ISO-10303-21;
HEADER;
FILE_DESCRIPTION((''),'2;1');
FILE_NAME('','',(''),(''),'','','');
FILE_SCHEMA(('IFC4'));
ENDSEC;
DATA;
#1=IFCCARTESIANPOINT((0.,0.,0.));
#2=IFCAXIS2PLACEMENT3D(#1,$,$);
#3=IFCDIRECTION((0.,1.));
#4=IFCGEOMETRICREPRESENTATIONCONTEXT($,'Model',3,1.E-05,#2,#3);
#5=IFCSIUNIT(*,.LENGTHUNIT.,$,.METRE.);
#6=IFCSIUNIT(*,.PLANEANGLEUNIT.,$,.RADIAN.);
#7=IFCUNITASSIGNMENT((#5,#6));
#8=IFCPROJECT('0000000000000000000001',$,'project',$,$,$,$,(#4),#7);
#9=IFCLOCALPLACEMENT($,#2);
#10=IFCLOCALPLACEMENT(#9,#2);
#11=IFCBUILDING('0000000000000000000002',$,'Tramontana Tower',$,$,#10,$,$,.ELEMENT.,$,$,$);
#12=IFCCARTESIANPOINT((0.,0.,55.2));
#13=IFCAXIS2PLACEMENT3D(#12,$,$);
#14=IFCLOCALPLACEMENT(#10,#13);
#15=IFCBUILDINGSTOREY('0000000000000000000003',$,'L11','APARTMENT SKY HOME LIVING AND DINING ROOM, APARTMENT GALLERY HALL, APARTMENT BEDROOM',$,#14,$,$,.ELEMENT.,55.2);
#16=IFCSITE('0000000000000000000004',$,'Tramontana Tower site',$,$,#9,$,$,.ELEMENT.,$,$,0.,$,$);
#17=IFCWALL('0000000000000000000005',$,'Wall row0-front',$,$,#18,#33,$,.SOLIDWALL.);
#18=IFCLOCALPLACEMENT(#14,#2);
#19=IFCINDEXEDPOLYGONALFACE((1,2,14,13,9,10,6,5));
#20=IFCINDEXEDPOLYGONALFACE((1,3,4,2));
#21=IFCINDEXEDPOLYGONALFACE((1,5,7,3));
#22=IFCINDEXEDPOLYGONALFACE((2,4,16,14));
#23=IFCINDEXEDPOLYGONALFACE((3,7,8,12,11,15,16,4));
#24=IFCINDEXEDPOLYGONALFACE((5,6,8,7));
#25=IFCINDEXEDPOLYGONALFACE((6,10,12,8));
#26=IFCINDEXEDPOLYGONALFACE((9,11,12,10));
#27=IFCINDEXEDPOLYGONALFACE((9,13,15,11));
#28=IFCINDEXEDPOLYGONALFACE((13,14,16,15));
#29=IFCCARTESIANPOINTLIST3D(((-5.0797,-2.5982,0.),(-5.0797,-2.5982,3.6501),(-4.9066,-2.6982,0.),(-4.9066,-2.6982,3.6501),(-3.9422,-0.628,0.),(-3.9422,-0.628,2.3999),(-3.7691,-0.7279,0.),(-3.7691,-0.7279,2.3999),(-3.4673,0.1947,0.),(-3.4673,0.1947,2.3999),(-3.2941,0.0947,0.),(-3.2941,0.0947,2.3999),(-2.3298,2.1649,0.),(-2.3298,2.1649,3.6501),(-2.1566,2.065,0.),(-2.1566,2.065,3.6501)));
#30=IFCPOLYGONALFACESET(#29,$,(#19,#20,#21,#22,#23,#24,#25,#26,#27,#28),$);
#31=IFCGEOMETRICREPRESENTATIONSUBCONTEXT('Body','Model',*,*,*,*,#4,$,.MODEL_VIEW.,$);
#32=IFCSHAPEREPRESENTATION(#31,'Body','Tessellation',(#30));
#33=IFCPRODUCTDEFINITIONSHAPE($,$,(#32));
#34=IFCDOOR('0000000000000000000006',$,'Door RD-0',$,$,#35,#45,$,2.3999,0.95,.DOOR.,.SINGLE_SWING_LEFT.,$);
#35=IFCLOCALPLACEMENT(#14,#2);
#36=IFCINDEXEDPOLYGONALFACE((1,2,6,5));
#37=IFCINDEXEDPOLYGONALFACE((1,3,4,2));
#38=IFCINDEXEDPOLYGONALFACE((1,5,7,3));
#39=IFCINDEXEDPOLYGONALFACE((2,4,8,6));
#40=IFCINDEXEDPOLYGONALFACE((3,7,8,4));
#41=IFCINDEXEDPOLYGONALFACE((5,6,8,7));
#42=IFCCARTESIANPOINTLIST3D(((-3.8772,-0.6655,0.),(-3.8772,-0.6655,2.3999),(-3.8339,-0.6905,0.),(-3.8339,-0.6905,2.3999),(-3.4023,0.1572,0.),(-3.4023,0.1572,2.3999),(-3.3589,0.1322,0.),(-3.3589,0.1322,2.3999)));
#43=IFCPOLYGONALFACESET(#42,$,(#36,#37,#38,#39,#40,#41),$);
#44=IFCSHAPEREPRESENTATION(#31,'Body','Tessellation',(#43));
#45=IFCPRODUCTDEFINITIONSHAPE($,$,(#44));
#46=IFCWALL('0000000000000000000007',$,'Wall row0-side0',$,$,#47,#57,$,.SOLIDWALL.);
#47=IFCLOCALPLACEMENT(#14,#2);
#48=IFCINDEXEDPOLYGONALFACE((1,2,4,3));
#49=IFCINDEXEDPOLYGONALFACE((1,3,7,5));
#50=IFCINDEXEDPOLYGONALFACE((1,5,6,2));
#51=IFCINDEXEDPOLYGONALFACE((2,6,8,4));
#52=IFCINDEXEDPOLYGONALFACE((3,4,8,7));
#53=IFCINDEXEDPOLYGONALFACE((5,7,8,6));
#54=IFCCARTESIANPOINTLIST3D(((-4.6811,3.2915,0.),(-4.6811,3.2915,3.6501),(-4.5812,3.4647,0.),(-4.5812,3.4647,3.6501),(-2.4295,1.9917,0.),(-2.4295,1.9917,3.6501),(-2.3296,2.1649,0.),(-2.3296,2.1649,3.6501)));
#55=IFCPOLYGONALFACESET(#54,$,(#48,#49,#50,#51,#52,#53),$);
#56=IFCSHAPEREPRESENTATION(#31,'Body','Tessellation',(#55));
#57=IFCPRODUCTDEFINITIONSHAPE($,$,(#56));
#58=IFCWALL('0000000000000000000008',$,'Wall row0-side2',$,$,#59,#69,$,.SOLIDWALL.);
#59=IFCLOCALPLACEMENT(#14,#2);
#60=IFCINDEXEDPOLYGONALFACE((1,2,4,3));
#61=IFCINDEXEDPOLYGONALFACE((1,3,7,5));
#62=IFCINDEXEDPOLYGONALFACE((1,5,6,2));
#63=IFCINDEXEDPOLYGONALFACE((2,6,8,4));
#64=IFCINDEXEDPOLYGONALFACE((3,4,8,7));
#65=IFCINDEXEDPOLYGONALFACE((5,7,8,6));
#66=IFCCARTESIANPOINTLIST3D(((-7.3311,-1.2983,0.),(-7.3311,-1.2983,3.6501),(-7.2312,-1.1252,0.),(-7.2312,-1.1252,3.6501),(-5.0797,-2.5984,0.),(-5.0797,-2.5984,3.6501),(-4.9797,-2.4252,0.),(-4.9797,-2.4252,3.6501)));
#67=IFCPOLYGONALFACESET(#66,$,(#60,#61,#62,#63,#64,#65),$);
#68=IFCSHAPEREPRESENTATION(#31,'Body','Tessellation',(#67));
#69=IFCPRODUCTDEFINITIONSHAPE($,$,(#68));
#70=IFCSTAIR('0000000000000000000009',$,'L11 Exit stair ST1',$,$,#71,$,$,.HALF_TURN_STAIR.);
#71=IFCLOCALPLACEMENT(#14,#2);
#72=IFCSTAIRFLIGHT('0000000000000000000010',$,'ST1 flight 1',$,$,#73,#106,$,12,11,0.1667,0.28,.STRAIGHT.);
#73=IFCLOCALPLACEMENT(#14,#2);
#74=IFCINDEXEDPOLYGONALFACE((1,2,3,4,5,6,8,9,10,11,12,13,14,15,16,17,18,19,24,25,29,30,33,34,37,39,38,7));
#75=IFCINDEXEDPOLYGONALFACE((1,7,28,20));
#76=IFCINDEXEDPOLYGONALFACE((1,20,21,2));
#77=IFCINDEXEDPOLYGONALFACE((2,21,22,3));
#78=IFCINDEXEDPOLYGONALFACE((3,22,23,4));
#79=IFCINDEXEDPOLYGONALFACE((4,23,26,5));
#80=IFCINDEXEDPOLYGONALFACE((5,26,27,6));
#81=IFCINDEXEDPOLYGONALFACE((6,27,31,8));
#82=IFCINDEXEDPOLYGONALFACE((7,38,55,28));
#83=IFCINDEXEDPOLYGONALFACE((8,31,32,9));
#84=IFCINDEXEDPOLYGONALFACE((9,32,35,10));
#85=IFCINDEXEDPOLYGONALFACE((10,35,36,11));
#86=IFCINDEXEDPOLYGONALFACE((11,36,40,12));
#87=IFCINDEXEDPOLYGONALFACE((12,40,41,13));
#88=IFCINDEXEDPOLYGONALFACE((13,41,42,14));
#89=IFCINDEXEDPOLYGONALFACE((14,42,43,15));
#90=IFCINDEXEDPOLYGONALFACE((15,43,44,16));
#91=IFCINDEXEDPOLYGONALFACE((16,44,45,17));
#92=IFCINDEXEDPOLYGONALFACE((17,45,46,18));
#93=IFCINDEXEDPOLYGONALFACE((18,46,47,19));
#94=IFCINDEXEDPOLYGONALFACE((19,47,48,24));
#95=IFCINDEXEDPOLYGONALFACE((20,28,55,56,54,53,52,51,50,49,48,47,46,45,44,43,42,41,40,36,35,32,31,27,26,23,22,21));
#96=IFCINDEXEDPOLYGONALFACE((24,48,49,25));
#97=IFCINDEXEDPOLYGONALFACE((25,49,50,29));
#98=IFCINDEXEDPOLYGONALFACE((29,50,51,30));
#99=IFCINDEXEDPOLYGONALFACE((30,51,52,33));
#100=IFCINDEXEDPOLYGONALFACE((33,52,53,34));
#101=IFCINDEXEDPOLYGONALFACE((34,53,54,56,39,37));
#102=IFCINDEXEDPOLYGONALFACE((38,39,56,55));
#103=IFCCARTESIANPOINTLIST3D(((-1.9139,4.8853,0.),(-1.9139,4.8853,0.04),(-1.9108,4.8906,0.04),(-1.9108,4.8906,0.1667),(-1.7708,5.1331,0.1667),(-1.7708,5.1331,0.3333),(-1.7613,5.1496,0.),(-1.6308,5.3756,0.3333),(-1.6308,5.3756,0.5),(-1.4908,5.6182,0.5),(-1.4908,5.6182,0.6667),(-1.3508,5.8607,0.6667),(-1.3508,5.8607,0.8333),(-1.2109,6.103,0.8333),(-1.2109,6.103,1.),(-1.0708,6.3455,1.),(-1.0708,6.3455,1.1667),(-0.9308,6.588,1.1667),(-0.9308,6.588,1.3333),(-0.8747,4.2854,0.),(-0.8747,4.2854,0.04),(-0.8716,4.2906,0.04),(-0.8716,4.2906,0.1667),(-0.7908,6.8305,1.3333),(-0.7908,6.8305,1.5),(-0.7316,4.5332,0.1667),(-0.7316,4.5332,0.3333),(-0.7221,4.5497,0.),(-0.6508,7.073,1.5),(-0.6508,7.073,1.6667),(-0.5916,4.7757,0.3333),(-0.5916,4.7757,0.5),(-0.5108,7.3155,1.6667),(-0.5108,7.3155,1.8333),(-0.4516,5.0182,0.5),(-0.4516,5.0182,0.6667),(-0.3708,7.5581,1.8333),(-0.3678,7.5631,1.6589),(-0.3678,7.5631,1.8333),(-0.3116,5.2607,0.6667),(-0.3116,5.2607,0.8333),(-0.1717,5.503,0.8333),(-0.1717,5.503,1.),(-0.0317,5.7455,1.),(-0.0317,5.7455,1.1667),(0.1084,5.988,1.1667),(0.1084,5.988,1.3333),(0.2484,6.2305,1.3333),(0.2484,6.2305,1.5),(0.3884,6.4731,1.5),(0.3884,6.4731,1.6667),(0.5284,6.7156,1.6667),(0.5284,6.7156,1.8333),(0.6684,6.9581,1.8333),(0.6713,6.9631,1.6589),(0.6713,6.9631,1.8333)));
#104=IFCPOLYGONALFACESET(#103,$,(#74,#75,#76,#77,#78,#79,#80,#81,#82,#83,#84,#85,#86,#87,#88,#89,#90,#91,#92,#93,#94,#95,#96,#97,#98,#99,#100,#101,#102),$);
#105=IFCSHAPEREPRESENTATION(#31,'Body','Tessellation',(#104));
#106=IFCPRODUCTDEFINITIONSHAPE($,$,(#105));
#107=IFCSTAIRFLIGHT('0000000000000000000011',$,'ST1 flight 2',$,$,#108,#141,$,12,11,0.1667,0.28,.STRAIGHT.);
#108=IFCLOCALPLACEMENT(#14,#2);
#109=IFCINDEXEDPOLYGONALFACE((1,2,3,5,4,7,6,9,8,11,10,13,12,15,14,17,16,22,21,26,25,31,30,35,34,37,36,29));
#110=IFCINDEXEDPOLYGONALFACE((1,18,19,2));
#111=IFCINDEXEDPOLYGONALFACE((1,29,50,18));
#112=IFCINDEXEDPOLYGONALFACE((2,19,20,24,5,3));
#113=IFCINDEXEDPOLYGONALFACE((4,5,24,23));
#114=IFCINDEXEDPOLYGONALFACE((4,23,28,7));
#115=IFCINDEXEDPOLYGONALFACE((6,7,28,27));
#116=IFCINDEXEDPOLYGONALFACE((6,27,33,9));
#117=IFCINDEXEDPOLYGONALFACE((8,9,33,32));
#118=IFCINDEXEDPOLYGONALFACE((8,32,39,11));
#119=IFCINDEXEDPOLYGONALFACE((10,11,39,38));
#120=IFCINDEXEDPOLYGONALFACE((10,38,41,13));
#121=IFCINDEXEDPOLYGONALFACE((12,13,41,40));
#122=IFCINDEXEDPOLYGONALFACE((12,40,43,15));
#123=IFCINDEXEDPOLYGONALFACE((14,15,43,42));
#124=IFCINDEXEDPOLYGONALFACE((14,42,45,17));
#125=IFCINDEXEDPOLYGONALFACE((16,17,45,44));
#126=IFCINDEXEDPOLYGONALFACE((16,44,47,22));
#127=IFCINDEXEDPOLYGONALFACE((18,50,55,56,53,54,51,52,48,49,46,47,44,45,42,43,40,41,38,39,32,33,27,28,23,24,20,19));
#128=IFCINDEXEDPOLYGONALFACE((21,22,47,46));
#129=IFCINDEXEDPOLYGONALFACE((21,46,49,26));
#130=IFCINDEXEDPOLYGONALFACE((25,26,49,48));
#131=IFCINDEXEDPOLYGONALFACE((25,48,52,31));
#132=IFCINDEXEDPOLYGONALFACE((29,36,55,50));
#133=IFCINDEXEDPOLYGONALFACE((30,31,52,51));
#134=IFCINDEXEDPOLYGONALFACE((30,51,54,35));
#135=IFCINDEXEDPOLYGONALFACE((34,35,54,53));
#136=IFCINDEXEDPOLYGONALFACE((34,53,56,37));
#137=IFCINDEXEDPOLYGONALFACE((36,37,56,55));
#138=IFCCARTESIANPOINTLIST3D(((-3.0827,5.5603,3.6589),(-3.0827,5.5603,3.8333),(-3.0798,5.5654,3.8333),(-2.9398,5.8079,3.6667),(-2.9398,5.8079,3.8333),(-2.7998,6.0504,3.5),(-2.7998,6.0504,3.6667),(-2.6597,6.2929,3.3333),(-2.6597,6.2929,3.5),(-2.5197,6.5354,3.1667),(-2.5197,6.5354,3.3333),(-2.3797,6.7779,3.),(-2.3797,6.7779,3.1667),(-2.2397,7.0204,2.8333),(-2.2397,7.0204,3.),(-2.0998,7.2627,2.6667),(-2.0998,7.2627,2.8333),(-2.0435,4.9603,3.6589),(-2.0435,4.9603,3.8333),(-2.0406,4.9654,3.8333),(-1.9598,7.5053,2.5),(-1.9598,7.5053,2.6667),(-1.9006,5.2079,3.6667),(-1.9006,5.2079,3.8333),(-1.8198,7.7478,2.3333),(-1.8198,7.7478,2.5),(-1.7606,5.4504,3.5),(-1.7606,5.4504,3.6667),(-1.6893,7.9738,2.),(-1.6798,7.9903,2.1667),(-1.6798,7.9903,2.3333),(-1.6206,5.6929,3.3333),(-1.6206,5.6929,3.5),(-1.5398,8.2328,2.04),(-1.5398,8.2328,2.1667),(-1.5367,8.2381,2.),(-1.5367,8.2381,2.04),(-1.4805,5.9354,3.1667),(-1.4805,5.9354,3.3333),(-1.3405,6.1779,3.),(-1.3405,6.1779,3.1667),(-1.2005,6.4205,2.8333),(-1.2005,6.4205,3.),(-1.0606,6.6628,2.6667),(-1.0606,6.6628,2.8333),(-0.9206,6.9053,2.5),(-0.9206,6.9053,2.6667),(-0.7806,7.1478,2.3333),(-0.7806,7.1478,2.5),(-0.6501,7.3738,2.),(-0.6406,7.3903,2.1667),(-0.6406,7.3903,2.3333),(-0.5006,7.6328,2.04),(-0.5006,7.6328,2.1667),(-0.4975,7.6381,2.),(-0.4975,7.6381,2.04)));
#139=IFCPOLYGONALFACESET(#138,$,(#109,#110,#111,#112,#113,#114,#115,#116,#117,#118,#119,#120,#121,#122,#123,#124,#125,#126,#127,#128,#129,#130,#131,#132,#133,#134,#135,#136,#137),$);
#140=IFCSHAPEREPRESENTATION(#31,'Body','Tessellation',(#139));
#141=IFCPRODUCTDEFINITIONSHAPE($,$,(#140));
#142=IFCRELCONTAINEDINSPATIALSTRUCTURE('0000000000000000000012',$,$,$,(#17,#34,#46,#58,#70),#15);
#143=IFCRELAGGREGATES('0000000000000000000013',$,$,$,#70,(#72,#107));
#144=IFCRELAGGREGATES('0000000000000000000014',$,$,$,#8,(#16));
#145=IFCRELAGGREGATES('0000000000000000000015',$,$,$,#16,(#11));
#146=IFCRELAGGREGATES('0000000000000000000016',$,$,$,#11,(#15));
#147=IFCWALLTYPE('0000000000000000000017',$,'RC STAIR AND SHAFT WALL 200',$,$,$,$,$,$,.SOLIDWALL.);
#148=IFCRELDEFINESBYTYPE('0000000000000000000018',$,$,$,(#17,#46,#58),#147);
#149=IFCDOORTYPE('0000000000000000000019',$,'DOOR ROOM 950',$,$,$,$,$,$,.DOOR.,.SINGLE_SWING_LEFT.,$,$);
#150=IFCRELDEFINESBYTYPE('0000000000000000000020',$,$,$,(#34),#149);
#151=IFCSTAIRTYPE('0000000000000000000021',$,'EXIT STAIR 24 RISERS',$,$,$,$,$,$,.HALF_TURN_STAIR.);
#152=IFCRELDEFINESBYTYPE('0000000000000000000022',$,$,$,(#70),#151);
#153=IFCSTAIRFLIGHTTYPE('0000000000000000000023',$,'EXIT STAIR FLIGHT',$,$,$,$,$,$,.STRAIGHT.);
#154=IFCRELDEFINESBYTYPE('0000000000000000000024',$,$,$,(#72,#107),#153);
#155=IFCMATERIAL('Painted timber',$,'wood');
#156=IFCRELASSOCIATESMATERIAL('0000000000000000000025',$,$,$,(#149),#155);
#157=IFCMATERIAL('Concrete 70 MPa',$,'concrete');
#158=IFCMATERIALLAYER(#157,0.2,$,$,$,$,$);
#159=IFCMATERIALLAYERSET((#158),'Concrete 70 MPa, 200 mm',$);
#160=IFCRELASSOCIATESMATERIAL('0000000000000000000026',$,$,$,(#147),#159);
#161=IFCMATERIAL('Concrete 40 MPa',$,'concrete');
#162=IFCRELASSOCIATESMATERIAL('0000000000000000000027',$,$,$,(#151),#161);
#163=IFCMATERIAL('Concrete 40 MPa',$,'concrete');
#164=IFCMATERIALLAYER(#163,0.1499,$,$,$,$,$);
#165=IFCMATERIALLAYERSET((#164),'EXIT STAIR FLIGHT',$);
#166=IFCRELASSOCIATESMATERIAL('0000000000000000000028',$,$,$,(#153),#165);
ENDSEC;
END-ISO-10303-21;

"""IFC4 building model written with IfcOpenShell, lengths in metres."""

from ifc_helpers import new_model, si_unit, direction, frame, frame_2d, origin, place, context, subcontext, project, spatial, polyline, rectangle, outline, extrude, material, layer, layer_set, type_object, element, fill, aggregate, save


model = new_model("IFC4")

# Units and contexts
model_context = context("Model", 3, precision=1e-05, world=origin(), true_north=direction((0.0, 1.0)))
body_context = subcontext(model_context, "Body", "Model", "MODEL_VIEW")
ifc_project = project(units=[si_unit("LENGTHUNIT", "METRE"), si_unit("PLANEANGLEUNIT", "RADIAN")], contexts=[model_context])

# Site, building, storey
site_placement = place(None, origin())
site = spatial("IfcSite", under=ifc_project, at=site_placement, Name="Tramontana Tower site", CompositionType="ELEMENT", RefElevation=0.0)
building_placement = place(site_placement, origin())
building = spatial("IfcBuilding", under=site, at=building_placement, Name="Tramontana Tower", CompositionType="ELEMENT")
storey_placement = place(building_placement, frame((0.0, 0.0, 55.2)))
storey = spatial("IfcBuildingStorey", under=building, at=storey_placement, Name="L11", Description="APARTMENT SKY HOME LIVING AND DINING ROOM, APARTMENT GALLERY HALL, APARTMENT BEDROOM", CompositionType="ELEMENT", Elevation=55.2)

# Shared definitions
ifc_material_1 = material(Name="Painted timber", Category="wood")
door_type_1 = type_object("IfcDoorType", Name="DOOR ROOM 950", OperationType="SINGLE_SWING_LEFT", PredefinedType="DOOR", material=ifc_material_1)

# Shared definitions
ifc_material_2 = material(Name="Concrete 70 MPa", Category="concrete")
ifc_layer_1 = layer(ifc_material_2, 0.2)
ifc_layer_set_1 = layer_set([ifc_layer_1], Name="Concrete 70 MPa, 200 mm")
wall_type_1 = type_object("IfcWallType", Name="RC STAIR AND SHAFT WALL 200", PredefinedType="SOLIDWALL", material=ifc_layer_set_1)

# Wall, opening, door
wall_1_placement = place(storey_placement, frame((-4.9932, -2.6482, 0.0), z_axis=(0.0, 0.0, 1.0), x_axis=(0.499997, 0.866027, 0.0)))
wall_1 = element("IfcWall", 1, at=wall_1_placement, inside=storey, type_object=wall_type_1, Name="Wall row0-front", PredefinedType="SOLIDWALL", context=body_context, shape_type="SweptSolid", body=[
    extrude(rectangle(XDim=5.5, YDim=0.2, at=frame_2d((2.75, 0.0))), origin(), (0.0, 0.0, 1.0), 3.6501),
])
opening_1_placement = place(wall_1_placement, frame((2.2749, 0.0, 0.0)))
opening_1 = element("IfcOpeningElement", 2, at=opening_1_placement, cuts=wall_1, PredefinedType="OPENING", context=body_context, shape_type="SweptSolid", body=[
    extrude(rectangle(XDim=0.95, YDim=2.3999, at=frame_2d((0.4751, 1.2))), frame((0.0, 0.1099, 0.0), z_axis=(0.0, -1.0, 0.0), x_axis=(1.0, 0.0, 0.0)), (0.0, 0.0, 1.0), 0.22),
])
door_1_placement = place(opening_1_placement, origin())
door_1 = element("IfcDoor", 3, at=door_1_placement, inside=storey, type_object=door_type_1, Name="Door RD-0", OperationType="SINGLE_SWING_LEFT", OverallHeight=2.3999, OverallWidth=0.95, PredefinedType="DOOR", context=body_context, shape_type="SweptSolid", body=[
    extrude(rectangle(XDim=0.95, YDim=2.3999, at=frame_2d((0.4751, 1.2))), frame((0.0, 0.0249, 0.0), z_axis=(0.0, -1.0, 0.0), x_axis=(1.0, 0.0, 0.0)), (0.0, 0.0, 1.0), 0.05),
])
fill(opening_1, door_1)

# Walls
for number, where, z_axis, x_axis, name in (
    (4, (-2.3796, 2.0784, 0.0), (0.0, 0.0, 1.0), (-0.866062, 0.499937, 0.0), "Wall row0-side0"),
    (5, (-5.0298, -2.5117, 0.0), (0.0, 0.0, 1.0), (-0.865998, 0.500048, 0.0), "Wall row0-side2"),
):
    element("IfcWall", number, at=place(storey_placement, frame(where, z_axis=z_axis, x_axis=x_axis)), inside=storey, type_object=wall_type_1, Name=name, PredefinedType="SOLIDWALL", context=body_context, shape_type="SweptSolid", body=[
        extrude(rectangle(XDim=2.5999, YDim=0.2, at=frame_2d((1.2998, 0.0))), origin(), (0.0, 0.0, 1.0), 3.6501),
    ])

# Stair, stair flights
ifc_material_3 = material(Name="Concrete 40 MPa", Category="concrete")
stair_type = type_object("IfcStairType", Name="EXIT STAIR 24 RISERS", PredefinedType="HALF_TURN_STAIR", material=ifc_material_3)
stair_placement = place(storey_placement, origin())
stair = element("IfcStair", 6, at=stair_placement, inside=storey, type_object=stair_type, Name="L11 Exit stair ST1", PredefinedType="HALF_TURN_STAIR")
ifc_material_4 = material(Name="Concrete 40 MPa", Category="concrete")
ifc_layer_2 = layer(ifc_material_4, 0.1499)
ifc_layer_set_2 = layer_set([ifc_layer_2], Name="EXIT STAIR FLIGHT")
stair_flight_type = type_object("IfcStairFlightType", Name="EXIT STAIR FLIGHT", PredefinedType="STRAIGHT", material=ifc_layer_set_2)
stair_flight_1_placement = place(storey_placement, frame((-1.3911, 4.5906, 0.0), z_axis=(0.0, 0.0, 1.0), x_axis=(0.5, 0.866025, 0.0)))
stair_flight_1 = element("IfcStairFlight", 7, at=stair_flight_1_placement, type_object=stair_flight_type, Name="ST1 flight 1", NumberOfRisers=12, NumberOfTreads=11, PredefinedType="STRAIGHT", RiserHeight=0.1667, TreadLength=0.28, context=body_context, shape_type="SweptSolid", body=[
    extrude(outline(polyline([(-0.0061, 0.0), (-0.0061, 0.04), (0.0, 0.04), (0.0, 0.1667), (0.28, 0.1667), (0.28, 0.3333), (0.5601, 0.3333), (0.5601, 0.5), (0.8401, 0.5), (0.8401, 0.6667), (1.1201, 0.6667), (1.1201, 0.8333), (1.3999, 0.8333), (1.3999, 1.0), (1.6799, 1.0), (1.6799, 1.1667), (1.96, 1.1667), (1.96, 1.3333), (2.24, 1.3333), (2.24, 1.5), (2.52, 1.5), (2.52, 1.6667), (2.8, 1.6667), (2.8, 1.8333), (3.0801, 1.8333), (3.0859, 1.8333), (3.0859, 1.6589), (0.2991, 0.0), (-0.0061, 0.0)])), frame((0.0, 0.6001, 0.0), z_axis=(0.0, -1.0, 0.0), x_axis=(1.0, 0.0, 0.0)), (0.0, 0.0, 1.0), 1.2),
])
stair_flight_2_placement = place(storey_placement, frame((-1.0203, 7.9329, 2.0), z_axis=(0.0, 0.0, 1.0), x_axis=(-0.5, -0.866025, 0.0)))
stair_flight_2 = element("IfcStairFlight", 8, at=stair_flight_2_placement, type_object=stair_flight_type, Name="ST1 flight 2", NumberOfRisers=12, NumberOfTreads=11, PredefinedType="STRAIGHT", RiserHeight=0.1667, TreadLength=0.28, context=body_context, shape_type="SweptSolid", body=[
    extrude(outline(polyline([(-0.0061, 0.0), (-0.0061, 0.04), (0.0, 0.04), (0.0, 0.1667), (0.28, 0.1667), (0.28, 0.3333), (0.5601, 0.3333), (0.5601, 0.5), (0.8401, 0.5), (0.8401, 0.6667), (1.1201, 0.6667), (1.1201, 0.8333), (1.3999, 0.8333), (1.3999, 1.0), (1.6799, 1.0), (1.6799, 1.1667), (1.96, 1.1667), (1.96, 1.3333), (2.24, 1.3333), (2.24, 1.5), (2.52, 1.5), (2.52, 1.6667), (2.8, 1.6667), (2.8, 1.8333), (3.0801, 1.8333), (3.0859, 1.8333), (3.0859, 1.6589), (0.2991, 0.0), (-0.0061, 0.0)])), frame((0.0, 0.6001, 0.0), z_axis=(0.0, -1.0, 0.0), x_axis=(1.0, 0.0, 0.0)), (0.0, 0.0, 1.0), 1.2),
])
aggregate(stair, [stair_flight_1, stair_flight_2])

save(model, "model.ifc")
